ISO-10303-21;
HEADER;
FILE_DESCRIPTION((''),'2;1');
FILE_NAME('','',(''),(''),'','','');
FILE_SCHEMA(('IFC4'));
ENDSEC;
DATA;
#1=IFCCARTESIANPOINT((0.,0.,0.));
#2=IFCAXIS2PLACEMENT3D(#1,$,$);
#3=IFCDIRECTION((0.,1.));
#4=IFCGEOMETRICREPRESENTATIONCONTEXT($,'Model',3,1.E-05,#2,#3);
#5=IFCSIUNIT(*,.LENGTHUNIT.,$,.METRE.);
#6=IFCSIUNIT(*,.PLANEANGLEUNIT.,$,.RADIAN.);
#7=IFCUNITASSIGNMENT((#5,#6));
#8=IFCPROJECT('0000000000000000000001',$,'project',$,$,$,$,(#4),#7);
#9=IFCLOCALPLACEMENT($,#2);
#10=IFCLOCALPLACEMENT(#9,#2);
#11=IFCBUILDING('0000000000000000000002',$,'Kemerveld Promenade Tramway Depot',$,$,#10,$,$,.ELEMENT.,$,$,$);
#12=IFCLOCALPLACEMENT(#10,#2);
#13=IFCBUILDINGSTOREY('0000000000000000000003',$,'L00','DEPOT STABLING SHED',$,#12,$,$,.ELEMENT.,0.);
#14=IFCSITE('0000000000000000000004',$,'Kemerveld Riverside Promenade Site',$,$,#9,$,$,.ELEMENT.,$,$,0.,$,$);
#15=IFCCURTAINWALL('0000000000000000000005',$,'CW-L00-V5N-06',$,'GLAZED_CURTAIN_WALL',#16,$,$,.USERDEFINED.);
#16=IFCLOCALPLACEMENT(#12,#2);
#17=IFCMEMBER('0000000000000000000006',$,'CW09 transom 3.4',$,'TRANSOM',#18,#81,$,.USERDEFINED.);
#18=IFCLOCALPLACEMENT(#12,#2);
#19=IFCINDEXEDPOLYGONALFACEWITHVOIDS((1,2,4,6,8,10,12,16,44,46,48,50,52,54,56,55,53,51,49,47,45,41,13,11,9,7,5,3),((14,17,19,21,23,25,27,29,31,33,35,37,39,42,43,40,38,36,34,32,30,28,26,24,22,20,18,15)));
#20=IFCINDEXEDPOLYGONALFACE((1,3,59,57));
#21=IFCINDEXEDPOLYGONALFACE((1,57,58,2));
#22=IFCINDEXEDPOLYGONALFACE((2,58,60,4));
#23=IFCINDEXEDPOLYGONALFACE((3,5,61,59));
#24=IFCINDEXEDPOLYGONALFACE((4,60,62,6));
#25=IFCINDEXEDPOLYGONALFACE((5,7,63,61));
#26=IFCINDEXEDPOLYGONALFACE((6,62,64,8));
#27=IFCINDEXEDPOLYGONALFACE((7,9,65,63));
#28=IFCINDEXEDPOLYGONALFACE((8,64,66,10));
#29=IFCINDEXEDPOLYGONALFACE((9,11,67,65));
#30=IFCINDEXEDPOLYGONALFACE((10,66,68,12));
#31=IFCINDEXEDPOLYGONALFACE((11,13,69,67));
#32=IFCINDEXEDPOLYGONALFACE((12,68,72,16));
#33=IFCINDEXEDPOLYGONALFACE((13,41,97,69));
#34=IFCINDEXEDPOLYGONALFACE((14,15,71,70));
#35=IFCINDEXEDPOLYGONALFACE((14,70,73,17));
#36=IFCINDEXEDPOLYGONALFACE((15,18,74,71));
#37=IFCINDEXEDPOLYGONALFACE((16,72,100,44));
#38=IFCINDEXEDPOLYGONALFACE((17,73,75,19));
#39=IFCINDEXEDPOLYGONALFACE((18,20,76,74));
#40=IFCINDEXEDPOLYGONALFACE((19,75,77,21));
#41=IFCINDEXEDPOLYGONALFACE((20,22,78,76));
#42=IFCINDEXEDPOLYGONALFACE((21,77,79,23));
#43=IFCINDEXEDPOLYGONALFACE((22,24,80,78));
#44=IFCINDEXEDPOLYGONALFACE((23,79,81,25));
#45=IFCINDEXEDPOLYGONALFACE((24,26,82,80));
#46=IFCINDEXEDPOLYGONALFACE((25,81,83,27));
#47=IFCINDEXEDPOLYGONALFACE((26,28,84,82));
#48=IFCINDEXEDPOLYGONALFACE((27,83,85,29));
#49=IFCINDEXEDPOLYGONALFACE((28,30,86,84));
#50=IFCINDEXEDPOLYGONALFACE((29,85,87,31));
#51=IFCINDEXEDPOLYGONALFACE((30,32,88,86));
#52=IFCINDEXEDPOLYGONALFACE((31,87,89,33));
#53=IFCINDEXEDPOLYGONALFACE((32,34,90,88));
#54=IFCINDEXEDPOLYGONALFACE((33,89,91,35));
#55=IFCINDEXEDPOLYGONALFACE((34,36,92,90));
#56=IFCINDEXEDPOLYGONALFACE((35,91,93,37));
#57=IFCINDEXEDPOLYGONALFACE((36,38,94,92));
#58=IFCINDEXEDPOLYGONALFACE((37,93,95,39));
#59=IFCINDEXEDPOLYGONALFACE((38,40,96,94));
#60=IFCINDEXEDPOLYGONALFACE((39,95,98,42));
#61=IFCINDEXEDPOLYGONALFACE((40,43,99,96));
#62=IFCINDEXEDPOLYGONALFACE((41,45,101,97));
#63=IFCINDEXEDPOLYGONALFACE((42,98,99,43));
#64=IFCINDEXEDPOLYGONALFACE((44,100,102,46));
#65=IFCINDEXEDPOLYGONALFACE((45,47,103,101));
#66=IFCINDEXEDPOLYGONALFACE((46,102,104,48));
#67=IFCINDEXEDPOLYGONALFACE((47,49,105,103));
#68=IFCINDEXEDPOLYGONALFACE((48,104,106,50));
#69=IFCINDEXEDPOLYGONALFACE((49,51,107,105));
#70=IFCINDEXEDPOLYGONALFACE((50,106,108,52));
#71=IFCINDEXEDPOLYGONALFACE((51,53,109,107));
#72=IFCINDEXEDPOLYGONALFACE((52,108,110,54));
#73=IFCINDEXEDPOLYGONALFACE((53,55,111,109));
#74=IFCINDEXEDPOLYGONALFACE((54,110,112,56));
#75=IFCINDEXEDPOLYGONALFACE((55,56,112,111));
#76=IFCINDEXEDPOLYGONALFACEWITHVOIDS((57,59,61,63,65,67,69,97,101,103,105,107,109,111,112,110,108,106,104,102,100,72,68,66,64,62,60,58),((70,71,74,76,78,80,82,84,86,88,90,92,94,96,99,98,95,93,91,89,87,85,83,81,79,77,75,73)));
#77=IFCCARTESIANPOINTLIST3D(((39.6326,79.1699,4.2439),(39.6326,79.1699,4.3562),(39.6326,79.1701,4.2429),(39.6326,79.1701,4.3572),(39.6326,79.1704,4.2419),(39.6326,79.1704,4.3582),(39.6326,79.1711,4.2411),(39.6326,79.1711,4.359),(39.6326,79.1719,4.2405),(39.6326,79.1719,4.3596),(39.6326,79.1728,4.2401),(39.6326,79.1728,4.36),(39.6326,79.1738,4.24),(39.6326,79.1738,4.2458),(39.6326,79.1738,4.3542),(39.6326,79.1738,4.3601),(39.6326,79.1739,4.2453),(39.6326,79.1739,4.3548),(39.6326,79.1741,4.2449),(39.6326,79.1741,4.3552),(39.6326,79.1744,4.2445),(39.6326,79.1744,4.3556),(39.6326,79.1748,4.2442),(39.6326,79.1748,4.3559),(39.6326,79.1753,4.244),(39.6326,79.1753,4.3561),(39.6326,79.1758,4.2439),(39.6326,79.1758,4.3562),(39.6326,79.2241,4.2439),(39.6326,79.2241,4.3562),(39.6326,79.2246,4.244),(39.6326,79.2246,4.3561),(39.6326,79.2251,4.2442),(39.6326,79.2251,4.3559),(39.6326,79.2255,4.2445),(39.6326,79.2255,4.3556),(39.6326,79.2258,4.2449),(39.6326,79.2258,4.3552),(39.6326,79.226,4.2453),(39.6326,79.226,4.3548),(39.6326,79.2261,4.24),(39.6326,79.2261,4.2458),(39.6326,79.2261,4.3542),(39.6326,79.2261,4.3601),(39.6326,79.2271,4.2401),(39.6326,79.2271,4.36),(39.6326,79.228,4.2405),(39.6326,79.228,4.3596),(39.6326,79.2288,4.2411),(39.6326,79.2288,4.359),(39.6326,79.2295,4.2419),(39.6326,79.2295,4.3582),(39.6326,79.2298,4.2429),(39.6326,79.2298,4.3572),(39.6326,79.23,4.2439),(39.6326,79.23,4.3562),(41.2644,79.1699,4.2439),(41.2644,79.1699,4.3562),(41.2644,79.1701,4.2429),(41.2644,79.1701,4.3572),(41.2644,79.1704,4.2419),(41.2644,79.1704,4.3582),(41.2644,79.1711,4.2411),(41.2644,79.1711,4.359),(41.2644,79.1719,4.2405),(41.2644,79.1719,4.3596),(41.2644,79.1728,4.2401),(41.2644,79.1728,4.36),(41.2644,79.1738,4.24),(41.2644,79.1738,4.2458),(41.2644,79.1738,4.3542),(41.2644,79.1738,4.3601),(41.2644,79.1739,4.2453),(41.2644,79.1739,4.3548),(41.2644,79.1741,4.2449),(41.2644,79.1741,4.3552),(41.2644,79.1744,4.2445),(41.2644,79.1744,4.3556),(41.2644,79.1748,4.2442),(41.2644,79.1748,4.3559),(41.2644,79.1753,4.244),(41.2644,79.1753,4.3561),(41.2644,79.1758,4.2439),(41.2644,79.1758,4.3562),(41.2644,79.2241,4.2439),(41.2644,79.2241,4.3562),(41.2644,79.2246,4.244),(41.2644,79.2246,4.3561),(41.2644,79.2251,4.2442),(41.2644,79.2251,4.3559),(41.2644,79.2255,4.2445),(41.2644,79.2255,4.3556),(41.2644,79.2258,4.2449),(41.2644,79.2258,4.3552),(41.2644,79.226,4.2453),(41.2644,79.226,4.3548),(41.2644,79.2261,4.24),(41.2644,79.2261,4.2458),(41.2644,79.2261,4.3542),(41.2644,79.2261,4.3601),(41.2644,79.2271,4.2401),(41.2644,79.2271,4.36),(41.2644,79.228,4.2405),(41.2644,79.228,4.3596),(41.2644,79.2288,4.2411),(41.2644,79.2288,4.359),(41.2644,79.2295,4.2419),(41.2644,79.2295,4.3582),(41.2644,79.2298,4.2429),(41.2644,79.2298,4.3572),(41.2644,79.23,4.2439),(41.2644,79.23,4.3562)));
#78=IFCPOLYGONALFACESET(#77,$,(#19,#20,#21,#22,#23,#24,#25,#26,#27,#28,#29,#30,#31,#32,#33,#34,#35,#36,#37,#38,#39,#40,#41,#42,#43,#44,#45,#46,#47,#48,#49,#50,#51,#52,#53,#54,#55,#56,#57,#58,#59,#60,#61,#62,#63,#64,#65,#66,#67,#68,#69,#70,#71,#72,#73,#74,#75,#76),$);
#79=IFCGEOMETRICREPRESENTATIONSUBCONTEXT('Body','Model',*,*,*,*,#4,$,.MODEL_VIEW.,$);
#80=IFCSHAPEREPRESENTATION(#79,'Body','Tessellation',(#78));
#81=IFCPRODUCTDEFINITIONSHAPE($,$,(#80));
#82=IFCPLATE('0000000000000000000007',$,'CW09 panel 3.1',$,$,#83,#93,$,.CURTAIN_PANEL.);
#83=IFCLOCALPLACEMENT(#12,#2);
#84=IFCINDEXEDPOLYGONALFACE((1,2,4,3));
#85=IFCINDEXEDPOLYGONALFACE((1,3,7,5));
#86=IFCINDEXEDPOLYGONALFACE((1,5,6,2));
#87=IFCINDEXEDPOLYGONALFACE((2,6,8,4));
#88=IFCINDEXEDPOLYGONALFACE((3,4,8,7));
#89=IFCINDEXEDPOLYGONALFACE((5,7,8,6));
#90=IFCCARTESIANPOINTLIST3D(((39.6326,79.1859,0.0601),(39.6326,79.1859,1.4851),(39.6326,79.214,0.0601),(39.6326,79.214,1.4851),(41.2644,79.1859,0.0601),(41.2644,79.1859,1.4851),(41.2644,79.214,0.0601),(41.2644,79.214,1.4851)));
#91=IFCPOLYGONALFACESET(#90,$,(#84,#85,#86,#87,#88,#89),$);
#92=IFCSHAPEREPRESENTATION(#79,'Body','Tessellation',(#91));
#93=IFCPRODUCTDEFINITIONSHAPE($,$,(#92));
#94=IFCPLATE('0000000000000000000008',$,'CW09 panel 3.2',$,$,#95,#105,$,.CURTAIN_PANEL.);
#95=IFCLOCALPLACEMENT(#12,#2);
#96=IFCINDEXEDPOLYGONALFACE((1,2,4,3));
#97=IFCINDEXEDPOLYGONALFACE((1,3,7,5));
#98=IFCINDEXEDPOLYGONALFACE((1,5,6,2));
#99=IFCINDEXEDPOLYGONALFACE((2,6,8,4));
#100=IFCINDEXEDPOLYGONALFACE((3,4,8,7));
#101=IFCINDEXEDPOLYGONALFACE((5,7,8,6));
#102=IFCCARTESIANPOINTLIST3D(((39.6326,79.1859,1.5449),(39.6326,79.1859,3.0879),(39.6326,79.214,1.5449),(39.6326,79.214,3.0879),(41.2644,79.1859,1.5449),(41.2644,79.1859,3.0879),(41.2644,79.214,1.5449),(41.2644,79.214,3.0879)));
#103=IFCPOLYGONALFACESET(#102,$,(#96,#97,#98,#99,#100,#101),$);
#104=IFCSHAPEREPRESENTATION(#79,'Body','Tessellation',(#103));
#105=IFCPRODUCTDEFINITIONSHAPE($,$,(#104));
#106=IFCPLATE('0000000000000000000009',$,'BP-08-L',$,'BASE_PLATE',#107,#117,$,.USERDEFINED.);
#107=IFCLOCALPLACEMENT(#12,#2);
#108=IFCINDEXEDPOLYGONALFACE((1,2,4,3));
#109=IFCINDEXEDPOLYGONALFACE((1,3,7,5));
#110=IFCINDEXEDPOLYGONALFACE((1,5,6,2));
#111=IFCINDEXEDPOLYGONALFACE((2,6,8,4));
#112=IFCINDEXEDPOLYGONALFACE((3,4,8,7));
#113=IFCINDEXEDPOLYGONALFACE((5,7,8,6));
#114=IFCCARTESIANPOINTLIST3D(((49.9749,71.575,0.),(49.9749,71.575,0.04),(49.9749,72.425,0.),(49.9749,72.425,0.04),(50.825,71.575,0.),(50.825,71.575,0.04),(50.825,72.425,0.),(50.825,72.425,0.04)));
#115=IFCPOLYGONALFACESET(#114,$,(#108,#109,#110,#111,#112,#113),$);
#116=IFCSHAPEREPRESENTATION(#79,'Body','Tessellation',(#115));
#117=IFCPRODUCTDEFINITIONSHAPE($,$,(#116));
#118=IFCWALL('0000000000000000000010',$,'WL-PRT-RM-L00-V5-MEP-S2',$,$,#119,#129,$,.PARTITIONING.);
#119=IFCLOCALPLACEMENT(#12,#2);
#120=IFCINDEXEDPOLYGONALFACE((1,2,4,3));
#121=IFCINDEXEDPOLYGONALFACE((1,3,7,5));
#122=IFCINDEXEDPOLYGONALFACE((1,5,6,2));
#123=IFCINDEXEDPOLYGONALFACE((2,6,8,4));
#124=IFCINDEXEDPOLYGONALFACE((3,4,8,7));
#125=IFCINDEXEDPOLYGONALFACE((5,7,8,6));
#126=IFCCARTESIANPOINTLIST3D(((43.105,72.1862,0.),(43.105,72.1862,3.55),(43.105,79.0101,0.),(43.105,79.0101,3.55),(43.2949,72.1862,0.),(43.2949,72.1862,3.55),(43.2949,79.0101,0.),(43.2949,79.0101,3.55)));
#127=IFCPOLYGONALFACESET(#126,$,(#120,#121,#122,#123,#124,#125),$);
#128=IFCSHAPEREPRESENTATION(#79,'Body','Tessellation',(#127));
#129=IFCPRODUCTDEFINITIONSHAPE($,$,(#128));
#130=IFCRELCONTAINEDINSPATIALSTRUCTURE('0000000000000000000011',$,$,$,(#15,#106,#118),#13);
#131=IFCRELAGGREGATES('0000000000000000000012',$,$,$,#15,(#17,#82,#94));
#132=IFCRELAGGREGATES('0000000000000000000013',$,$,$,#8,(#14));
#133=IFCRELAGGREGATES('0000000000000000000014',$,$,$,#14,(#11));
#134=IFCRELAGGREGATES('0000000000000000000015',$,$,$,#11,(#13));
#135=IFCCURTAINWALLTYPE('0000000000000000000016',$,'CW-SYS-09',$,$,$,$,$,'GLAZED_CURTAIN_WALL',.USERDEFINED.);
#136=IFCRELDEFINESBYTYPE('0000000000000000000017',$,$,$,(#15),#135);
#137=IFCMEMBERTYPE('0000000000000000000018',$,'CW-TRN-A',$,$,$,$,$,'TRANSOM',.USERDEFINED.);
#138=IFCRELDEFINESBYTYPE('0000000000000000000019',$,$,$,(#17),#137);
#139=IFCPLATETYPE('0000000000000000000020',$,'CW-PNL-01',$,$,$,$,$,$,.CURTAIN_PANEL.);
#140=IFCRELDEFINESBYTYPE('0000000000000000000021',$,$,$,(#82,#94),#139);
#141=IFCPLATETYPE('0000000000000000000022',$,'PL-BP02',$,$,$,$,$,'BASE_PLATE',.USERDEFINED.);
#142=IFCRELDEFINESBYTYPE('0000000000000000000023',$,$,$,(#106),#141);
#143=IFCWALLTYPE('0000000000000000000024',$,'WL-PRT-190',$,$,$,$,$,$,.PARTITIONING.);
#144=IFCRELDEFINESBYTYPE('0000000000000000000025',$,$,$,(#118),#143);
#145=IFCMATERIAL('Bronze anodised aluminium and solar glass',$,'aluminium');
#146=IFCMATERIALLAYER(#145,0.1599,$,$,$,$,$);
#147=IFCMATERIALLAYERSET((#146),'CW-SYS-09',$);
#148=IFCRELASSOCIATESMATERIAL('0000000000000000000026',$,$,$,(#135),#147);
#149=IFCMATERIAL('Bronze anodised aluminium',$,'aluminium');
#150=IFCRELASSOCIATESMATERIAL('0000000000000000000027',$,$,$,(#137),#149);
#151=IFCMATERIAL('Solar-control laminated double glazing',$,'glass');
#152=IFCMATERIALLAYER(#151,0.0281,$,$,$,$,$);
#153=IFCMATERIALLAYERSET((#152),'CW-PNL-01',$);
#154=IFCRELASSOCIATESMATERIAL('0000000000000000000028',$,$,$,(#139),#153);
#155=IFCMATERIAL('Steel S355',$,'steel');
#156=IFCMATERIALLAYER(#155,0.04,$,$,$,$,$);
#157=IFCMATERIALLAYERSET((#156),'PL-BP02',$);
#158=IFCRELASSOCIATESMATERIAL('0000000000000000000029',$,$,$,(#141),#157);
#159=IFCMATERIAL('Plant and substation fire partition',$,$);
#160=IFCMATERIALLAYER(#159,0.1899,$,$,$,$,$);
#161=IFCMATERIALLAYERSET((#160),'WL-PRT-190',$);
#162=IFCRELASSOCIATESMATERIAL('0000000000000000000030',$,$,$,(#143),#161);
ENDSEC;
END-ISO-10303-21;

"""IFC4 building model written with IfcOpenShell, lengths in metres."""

from ifc_helpers import new_model, si_unit, direction, frame, frame_2d, origin, origin_2d, place, context, subcontext, project, spatial, rectangle, hollow_rectangle, extrude, material, layer, layer_set, material_profile, profile_set, type_object, element, aggregate, save


model = new_model("IFC4")

# Units and contexts
model_context = context("Model", 3, precision=1e-05, world=origin(), true_north=direction((0.0, 1.0)))
body_context = subcontext(model_context, "Body", "Model", "MODEL_VIEW")
ifc_project = project(units=[si_unit("LENGTHUNIT", "METRE"), si_unit("PLANEANGLEUNIT", "RADIAN")], contexts=[model_context])

# Site, building, storey
site_placement = place(None, origin())
site = spatial("IfcSite", under=ifc_project, at=site_placement, Name="Kemerveld Riverside Promenade Site", CompositionType="ELEMENT", RefElevation=0.0)
building_placement = place(site_placement, origin())
building = spatial("IfcBuilding", under=site, at=building_placement, Name="Kemerveld Promenade Tramway Depot", CompositionType="ELEMENT")
storey_placement = place(building_placement, origin())
storey = spatial("IfcBuildingStorey", under=building, at=storey_placement, Name="L00", Description="DEPOT STABLING SHED", CompositionType="ELEMENT", Elevation=0.0)

# Shared definitions
ifc_material_1 = material(Name="Steel S355", Category="steel")

# Curtain wall, member, plates
ifc_material_2 = material(Name="Bronze anodised aluminium and solar glass", Category="aluminium")
ifc_layer_1 = layer(ifc_material_2, 0.1599)
ifc_layer_set_1 = layer_set([ifc_layer_1], Name="CW-SYS-09")
curtain_wall_type = type_object("IfcCurtainWallType", Name="CW-SYS-09", ElementType="GLAZED_CURTAIN_WALL", PredefinedType="USERDEFINED", material=ifc_layer_set_1)
curtain_wall_placement = place(storey_placement, origin())
curtain_wall = element("IfcCurtainWall", 1, at=curtain_wall_placement, inside=storey, type_object=curtain_wall_type, Name="CW-L00-V5N-06", ObjectType="GLAZED_CURTAIN_WALL", PredefinedType="USERDEFINED")
ifc_material_3 = material(Name="Bronze anodised aluminium", Category="aluminium")
ifc_material_profile_1 = material_profile(ifc_material_3, hollow_rectangle(XDim=0.0601, YDim=0.1201, WallThickness=0.0039, InnerFilletRadius=0.002, OuterFilletRadius=0.0039, at=origin_2d()), Name="CW-TRN-120x60")
ifc_profile_set_1 = profile_set([ifc_material_profile_1], Name="Bronze anodised aluminium")
member_type = type_object("IfcMemberType", Name="CW-TRN-A", ElementType="TRANSOM", PredefinedType="USERDEFINED", material=ifc_profile_set_1)
member_1_placement = place(storey_placement, frame((39.6326, 79.2, 4.3), z_axis=(1.0, 0.0, 0.0), x_axis=(0.0, 1.0, 0.0)))
member_1 = element("IfcMember", 2, at=member_1_placement, type_object=member_type, Name="CW09 transom 3.4", ObjectType="TRANSOM", PredefinedType="USERDEFINED", context=body_context, shape_type="SweptSolid", body=[
    extrude(hollow_rectangle(XDim=0.0601, YDim=0.1201, WallThickness=0.0039, InnerFilletRadius=0.002, OuterFilletRadius=0.0039, at=origin_2d()), origin(), (0.0, 0.0, 1.0), 1.6318),
])
ifc_material_4 = material(Name="Solar-control laminated double glazing", Category="glass")
ifc_layer_2 = layer(ifc_material_4, 0.0281)
ifc_layer_set_2 = layer_set([ifc_layer_2], Name="CW-PNL-01")
plate_type_1 = type_object("IfcPlateType", Name="CW-PNL-01", PredefinedType="CURTAIN_PANEL", material=ifc_layer_set_2)
plate_1_placement = place(storey_placement, frame((40.4485, 79.2, 0.0601), z_axis=(0.0, 0.0, 1.0), x_axis=(1.0, 0.0, 0.0)))
plate_1 = element("IfcPlate", 3, at=plate_1_placement, type_object=plate_type_1, Name="CW09 panel 3.1", PredefinedType="CURTAIN_PANEL", context=body_context, shape_type="SweptSolid", body=[
    extrude(rectangle(XDim=1.6318, YDim=0.0281, at=origin_2d()), origin(), (0.0, 0.0, 1.0), 1.425),
])
plate_2_placement = place(storey_placement, frame((40.4485, 79.2, 1.5449), z_axis=(0.0, 0.0, 1.0), x_axis=(1.0, 0.0, 0.0)))
plate_2 = element("IfcPlate", 4, at=plate_2_placement, type_object=plate_type_1, Name="CW09 panel 3.2", PredefinedType="CURTAIN_PANEL", context=body_context, shape_type="SweptSolid", body=[
    extrude(rectangle(XDim=1.6318, YDim=0.0281, at=origin_2d()), origin(), (0.0, 0.0, 1.0), 1.543),
])
aggregate(curtain_wall, [member_1, plate_1, plate_2])

# Plate
ifc_layer_3 = layer(ifc_material_1, 0.04)
ifc_layer_set_3 = layer_set([ifc_layer_3], Name="PL-BP02")
plate_type_2 = type_object("IfcPlateType", Name="PL-BP02", ElementType="BASE_PLATE", PredefinedType="USERDEFINED", material=ifc_layer_set_3)
plate_3_placement = place(storey_placement, frame((50.3999, 72.0, 0.0), z_axis=(0.0, 0.0, 1.0), x_axis=(1.0, 0.0, 0.0)))
element("IfcPlate", 5, at=plate_3_placement, inside=storey, type_object=plate_type_2, Name="BP-08-L", ObjectType="BASE_PLATE", PredefinedType="USERDEFINED", context=body_context, shape_type="SweptSolid", body=[
    extrude(rectangle(XDim=0.8501, YDim=0.8501, at=origin_2d()), origin(), (0.0, 0.0, 1.0), 0.04),
])

# Wall
ifc_material_5 = material(Name="Plant and substation fire partition")
ifc_layer_4 = layer(ifc_material_5, 0.1899)
ifc_layer_set_4 = layer_set([ifc_layer_4], Name="WL-PRT-190")
wall_type = type_object("IfcWallType", Name="WL-PRT-190", PredefinedType="PARTITIONING", material=ifc_layer_set_4)
wall_placement = place(storey_placement, frame((43.2, 72.186, 0.0), z_axis=(0.0, 0.0, 1.0), x_axis=(0.0, 1.0, 0.0)))
element("IfcWall", 6, at=wall_placement, inside=storey, type_object=wall_type, Name="WL-PRT-RM-L00-V5-MEP-S2", PredefinedType="PARTITIONING", context=body_context, shape_type="SweptSolid", body=[
    extrude(rectangle(XDim=6.824, YDim=0.1899, at=frame_2d((3.4121, 0.0))), origin(), (0.0, 0.0, 1.0), 3.55),
])

save(model, "model.ifc")
